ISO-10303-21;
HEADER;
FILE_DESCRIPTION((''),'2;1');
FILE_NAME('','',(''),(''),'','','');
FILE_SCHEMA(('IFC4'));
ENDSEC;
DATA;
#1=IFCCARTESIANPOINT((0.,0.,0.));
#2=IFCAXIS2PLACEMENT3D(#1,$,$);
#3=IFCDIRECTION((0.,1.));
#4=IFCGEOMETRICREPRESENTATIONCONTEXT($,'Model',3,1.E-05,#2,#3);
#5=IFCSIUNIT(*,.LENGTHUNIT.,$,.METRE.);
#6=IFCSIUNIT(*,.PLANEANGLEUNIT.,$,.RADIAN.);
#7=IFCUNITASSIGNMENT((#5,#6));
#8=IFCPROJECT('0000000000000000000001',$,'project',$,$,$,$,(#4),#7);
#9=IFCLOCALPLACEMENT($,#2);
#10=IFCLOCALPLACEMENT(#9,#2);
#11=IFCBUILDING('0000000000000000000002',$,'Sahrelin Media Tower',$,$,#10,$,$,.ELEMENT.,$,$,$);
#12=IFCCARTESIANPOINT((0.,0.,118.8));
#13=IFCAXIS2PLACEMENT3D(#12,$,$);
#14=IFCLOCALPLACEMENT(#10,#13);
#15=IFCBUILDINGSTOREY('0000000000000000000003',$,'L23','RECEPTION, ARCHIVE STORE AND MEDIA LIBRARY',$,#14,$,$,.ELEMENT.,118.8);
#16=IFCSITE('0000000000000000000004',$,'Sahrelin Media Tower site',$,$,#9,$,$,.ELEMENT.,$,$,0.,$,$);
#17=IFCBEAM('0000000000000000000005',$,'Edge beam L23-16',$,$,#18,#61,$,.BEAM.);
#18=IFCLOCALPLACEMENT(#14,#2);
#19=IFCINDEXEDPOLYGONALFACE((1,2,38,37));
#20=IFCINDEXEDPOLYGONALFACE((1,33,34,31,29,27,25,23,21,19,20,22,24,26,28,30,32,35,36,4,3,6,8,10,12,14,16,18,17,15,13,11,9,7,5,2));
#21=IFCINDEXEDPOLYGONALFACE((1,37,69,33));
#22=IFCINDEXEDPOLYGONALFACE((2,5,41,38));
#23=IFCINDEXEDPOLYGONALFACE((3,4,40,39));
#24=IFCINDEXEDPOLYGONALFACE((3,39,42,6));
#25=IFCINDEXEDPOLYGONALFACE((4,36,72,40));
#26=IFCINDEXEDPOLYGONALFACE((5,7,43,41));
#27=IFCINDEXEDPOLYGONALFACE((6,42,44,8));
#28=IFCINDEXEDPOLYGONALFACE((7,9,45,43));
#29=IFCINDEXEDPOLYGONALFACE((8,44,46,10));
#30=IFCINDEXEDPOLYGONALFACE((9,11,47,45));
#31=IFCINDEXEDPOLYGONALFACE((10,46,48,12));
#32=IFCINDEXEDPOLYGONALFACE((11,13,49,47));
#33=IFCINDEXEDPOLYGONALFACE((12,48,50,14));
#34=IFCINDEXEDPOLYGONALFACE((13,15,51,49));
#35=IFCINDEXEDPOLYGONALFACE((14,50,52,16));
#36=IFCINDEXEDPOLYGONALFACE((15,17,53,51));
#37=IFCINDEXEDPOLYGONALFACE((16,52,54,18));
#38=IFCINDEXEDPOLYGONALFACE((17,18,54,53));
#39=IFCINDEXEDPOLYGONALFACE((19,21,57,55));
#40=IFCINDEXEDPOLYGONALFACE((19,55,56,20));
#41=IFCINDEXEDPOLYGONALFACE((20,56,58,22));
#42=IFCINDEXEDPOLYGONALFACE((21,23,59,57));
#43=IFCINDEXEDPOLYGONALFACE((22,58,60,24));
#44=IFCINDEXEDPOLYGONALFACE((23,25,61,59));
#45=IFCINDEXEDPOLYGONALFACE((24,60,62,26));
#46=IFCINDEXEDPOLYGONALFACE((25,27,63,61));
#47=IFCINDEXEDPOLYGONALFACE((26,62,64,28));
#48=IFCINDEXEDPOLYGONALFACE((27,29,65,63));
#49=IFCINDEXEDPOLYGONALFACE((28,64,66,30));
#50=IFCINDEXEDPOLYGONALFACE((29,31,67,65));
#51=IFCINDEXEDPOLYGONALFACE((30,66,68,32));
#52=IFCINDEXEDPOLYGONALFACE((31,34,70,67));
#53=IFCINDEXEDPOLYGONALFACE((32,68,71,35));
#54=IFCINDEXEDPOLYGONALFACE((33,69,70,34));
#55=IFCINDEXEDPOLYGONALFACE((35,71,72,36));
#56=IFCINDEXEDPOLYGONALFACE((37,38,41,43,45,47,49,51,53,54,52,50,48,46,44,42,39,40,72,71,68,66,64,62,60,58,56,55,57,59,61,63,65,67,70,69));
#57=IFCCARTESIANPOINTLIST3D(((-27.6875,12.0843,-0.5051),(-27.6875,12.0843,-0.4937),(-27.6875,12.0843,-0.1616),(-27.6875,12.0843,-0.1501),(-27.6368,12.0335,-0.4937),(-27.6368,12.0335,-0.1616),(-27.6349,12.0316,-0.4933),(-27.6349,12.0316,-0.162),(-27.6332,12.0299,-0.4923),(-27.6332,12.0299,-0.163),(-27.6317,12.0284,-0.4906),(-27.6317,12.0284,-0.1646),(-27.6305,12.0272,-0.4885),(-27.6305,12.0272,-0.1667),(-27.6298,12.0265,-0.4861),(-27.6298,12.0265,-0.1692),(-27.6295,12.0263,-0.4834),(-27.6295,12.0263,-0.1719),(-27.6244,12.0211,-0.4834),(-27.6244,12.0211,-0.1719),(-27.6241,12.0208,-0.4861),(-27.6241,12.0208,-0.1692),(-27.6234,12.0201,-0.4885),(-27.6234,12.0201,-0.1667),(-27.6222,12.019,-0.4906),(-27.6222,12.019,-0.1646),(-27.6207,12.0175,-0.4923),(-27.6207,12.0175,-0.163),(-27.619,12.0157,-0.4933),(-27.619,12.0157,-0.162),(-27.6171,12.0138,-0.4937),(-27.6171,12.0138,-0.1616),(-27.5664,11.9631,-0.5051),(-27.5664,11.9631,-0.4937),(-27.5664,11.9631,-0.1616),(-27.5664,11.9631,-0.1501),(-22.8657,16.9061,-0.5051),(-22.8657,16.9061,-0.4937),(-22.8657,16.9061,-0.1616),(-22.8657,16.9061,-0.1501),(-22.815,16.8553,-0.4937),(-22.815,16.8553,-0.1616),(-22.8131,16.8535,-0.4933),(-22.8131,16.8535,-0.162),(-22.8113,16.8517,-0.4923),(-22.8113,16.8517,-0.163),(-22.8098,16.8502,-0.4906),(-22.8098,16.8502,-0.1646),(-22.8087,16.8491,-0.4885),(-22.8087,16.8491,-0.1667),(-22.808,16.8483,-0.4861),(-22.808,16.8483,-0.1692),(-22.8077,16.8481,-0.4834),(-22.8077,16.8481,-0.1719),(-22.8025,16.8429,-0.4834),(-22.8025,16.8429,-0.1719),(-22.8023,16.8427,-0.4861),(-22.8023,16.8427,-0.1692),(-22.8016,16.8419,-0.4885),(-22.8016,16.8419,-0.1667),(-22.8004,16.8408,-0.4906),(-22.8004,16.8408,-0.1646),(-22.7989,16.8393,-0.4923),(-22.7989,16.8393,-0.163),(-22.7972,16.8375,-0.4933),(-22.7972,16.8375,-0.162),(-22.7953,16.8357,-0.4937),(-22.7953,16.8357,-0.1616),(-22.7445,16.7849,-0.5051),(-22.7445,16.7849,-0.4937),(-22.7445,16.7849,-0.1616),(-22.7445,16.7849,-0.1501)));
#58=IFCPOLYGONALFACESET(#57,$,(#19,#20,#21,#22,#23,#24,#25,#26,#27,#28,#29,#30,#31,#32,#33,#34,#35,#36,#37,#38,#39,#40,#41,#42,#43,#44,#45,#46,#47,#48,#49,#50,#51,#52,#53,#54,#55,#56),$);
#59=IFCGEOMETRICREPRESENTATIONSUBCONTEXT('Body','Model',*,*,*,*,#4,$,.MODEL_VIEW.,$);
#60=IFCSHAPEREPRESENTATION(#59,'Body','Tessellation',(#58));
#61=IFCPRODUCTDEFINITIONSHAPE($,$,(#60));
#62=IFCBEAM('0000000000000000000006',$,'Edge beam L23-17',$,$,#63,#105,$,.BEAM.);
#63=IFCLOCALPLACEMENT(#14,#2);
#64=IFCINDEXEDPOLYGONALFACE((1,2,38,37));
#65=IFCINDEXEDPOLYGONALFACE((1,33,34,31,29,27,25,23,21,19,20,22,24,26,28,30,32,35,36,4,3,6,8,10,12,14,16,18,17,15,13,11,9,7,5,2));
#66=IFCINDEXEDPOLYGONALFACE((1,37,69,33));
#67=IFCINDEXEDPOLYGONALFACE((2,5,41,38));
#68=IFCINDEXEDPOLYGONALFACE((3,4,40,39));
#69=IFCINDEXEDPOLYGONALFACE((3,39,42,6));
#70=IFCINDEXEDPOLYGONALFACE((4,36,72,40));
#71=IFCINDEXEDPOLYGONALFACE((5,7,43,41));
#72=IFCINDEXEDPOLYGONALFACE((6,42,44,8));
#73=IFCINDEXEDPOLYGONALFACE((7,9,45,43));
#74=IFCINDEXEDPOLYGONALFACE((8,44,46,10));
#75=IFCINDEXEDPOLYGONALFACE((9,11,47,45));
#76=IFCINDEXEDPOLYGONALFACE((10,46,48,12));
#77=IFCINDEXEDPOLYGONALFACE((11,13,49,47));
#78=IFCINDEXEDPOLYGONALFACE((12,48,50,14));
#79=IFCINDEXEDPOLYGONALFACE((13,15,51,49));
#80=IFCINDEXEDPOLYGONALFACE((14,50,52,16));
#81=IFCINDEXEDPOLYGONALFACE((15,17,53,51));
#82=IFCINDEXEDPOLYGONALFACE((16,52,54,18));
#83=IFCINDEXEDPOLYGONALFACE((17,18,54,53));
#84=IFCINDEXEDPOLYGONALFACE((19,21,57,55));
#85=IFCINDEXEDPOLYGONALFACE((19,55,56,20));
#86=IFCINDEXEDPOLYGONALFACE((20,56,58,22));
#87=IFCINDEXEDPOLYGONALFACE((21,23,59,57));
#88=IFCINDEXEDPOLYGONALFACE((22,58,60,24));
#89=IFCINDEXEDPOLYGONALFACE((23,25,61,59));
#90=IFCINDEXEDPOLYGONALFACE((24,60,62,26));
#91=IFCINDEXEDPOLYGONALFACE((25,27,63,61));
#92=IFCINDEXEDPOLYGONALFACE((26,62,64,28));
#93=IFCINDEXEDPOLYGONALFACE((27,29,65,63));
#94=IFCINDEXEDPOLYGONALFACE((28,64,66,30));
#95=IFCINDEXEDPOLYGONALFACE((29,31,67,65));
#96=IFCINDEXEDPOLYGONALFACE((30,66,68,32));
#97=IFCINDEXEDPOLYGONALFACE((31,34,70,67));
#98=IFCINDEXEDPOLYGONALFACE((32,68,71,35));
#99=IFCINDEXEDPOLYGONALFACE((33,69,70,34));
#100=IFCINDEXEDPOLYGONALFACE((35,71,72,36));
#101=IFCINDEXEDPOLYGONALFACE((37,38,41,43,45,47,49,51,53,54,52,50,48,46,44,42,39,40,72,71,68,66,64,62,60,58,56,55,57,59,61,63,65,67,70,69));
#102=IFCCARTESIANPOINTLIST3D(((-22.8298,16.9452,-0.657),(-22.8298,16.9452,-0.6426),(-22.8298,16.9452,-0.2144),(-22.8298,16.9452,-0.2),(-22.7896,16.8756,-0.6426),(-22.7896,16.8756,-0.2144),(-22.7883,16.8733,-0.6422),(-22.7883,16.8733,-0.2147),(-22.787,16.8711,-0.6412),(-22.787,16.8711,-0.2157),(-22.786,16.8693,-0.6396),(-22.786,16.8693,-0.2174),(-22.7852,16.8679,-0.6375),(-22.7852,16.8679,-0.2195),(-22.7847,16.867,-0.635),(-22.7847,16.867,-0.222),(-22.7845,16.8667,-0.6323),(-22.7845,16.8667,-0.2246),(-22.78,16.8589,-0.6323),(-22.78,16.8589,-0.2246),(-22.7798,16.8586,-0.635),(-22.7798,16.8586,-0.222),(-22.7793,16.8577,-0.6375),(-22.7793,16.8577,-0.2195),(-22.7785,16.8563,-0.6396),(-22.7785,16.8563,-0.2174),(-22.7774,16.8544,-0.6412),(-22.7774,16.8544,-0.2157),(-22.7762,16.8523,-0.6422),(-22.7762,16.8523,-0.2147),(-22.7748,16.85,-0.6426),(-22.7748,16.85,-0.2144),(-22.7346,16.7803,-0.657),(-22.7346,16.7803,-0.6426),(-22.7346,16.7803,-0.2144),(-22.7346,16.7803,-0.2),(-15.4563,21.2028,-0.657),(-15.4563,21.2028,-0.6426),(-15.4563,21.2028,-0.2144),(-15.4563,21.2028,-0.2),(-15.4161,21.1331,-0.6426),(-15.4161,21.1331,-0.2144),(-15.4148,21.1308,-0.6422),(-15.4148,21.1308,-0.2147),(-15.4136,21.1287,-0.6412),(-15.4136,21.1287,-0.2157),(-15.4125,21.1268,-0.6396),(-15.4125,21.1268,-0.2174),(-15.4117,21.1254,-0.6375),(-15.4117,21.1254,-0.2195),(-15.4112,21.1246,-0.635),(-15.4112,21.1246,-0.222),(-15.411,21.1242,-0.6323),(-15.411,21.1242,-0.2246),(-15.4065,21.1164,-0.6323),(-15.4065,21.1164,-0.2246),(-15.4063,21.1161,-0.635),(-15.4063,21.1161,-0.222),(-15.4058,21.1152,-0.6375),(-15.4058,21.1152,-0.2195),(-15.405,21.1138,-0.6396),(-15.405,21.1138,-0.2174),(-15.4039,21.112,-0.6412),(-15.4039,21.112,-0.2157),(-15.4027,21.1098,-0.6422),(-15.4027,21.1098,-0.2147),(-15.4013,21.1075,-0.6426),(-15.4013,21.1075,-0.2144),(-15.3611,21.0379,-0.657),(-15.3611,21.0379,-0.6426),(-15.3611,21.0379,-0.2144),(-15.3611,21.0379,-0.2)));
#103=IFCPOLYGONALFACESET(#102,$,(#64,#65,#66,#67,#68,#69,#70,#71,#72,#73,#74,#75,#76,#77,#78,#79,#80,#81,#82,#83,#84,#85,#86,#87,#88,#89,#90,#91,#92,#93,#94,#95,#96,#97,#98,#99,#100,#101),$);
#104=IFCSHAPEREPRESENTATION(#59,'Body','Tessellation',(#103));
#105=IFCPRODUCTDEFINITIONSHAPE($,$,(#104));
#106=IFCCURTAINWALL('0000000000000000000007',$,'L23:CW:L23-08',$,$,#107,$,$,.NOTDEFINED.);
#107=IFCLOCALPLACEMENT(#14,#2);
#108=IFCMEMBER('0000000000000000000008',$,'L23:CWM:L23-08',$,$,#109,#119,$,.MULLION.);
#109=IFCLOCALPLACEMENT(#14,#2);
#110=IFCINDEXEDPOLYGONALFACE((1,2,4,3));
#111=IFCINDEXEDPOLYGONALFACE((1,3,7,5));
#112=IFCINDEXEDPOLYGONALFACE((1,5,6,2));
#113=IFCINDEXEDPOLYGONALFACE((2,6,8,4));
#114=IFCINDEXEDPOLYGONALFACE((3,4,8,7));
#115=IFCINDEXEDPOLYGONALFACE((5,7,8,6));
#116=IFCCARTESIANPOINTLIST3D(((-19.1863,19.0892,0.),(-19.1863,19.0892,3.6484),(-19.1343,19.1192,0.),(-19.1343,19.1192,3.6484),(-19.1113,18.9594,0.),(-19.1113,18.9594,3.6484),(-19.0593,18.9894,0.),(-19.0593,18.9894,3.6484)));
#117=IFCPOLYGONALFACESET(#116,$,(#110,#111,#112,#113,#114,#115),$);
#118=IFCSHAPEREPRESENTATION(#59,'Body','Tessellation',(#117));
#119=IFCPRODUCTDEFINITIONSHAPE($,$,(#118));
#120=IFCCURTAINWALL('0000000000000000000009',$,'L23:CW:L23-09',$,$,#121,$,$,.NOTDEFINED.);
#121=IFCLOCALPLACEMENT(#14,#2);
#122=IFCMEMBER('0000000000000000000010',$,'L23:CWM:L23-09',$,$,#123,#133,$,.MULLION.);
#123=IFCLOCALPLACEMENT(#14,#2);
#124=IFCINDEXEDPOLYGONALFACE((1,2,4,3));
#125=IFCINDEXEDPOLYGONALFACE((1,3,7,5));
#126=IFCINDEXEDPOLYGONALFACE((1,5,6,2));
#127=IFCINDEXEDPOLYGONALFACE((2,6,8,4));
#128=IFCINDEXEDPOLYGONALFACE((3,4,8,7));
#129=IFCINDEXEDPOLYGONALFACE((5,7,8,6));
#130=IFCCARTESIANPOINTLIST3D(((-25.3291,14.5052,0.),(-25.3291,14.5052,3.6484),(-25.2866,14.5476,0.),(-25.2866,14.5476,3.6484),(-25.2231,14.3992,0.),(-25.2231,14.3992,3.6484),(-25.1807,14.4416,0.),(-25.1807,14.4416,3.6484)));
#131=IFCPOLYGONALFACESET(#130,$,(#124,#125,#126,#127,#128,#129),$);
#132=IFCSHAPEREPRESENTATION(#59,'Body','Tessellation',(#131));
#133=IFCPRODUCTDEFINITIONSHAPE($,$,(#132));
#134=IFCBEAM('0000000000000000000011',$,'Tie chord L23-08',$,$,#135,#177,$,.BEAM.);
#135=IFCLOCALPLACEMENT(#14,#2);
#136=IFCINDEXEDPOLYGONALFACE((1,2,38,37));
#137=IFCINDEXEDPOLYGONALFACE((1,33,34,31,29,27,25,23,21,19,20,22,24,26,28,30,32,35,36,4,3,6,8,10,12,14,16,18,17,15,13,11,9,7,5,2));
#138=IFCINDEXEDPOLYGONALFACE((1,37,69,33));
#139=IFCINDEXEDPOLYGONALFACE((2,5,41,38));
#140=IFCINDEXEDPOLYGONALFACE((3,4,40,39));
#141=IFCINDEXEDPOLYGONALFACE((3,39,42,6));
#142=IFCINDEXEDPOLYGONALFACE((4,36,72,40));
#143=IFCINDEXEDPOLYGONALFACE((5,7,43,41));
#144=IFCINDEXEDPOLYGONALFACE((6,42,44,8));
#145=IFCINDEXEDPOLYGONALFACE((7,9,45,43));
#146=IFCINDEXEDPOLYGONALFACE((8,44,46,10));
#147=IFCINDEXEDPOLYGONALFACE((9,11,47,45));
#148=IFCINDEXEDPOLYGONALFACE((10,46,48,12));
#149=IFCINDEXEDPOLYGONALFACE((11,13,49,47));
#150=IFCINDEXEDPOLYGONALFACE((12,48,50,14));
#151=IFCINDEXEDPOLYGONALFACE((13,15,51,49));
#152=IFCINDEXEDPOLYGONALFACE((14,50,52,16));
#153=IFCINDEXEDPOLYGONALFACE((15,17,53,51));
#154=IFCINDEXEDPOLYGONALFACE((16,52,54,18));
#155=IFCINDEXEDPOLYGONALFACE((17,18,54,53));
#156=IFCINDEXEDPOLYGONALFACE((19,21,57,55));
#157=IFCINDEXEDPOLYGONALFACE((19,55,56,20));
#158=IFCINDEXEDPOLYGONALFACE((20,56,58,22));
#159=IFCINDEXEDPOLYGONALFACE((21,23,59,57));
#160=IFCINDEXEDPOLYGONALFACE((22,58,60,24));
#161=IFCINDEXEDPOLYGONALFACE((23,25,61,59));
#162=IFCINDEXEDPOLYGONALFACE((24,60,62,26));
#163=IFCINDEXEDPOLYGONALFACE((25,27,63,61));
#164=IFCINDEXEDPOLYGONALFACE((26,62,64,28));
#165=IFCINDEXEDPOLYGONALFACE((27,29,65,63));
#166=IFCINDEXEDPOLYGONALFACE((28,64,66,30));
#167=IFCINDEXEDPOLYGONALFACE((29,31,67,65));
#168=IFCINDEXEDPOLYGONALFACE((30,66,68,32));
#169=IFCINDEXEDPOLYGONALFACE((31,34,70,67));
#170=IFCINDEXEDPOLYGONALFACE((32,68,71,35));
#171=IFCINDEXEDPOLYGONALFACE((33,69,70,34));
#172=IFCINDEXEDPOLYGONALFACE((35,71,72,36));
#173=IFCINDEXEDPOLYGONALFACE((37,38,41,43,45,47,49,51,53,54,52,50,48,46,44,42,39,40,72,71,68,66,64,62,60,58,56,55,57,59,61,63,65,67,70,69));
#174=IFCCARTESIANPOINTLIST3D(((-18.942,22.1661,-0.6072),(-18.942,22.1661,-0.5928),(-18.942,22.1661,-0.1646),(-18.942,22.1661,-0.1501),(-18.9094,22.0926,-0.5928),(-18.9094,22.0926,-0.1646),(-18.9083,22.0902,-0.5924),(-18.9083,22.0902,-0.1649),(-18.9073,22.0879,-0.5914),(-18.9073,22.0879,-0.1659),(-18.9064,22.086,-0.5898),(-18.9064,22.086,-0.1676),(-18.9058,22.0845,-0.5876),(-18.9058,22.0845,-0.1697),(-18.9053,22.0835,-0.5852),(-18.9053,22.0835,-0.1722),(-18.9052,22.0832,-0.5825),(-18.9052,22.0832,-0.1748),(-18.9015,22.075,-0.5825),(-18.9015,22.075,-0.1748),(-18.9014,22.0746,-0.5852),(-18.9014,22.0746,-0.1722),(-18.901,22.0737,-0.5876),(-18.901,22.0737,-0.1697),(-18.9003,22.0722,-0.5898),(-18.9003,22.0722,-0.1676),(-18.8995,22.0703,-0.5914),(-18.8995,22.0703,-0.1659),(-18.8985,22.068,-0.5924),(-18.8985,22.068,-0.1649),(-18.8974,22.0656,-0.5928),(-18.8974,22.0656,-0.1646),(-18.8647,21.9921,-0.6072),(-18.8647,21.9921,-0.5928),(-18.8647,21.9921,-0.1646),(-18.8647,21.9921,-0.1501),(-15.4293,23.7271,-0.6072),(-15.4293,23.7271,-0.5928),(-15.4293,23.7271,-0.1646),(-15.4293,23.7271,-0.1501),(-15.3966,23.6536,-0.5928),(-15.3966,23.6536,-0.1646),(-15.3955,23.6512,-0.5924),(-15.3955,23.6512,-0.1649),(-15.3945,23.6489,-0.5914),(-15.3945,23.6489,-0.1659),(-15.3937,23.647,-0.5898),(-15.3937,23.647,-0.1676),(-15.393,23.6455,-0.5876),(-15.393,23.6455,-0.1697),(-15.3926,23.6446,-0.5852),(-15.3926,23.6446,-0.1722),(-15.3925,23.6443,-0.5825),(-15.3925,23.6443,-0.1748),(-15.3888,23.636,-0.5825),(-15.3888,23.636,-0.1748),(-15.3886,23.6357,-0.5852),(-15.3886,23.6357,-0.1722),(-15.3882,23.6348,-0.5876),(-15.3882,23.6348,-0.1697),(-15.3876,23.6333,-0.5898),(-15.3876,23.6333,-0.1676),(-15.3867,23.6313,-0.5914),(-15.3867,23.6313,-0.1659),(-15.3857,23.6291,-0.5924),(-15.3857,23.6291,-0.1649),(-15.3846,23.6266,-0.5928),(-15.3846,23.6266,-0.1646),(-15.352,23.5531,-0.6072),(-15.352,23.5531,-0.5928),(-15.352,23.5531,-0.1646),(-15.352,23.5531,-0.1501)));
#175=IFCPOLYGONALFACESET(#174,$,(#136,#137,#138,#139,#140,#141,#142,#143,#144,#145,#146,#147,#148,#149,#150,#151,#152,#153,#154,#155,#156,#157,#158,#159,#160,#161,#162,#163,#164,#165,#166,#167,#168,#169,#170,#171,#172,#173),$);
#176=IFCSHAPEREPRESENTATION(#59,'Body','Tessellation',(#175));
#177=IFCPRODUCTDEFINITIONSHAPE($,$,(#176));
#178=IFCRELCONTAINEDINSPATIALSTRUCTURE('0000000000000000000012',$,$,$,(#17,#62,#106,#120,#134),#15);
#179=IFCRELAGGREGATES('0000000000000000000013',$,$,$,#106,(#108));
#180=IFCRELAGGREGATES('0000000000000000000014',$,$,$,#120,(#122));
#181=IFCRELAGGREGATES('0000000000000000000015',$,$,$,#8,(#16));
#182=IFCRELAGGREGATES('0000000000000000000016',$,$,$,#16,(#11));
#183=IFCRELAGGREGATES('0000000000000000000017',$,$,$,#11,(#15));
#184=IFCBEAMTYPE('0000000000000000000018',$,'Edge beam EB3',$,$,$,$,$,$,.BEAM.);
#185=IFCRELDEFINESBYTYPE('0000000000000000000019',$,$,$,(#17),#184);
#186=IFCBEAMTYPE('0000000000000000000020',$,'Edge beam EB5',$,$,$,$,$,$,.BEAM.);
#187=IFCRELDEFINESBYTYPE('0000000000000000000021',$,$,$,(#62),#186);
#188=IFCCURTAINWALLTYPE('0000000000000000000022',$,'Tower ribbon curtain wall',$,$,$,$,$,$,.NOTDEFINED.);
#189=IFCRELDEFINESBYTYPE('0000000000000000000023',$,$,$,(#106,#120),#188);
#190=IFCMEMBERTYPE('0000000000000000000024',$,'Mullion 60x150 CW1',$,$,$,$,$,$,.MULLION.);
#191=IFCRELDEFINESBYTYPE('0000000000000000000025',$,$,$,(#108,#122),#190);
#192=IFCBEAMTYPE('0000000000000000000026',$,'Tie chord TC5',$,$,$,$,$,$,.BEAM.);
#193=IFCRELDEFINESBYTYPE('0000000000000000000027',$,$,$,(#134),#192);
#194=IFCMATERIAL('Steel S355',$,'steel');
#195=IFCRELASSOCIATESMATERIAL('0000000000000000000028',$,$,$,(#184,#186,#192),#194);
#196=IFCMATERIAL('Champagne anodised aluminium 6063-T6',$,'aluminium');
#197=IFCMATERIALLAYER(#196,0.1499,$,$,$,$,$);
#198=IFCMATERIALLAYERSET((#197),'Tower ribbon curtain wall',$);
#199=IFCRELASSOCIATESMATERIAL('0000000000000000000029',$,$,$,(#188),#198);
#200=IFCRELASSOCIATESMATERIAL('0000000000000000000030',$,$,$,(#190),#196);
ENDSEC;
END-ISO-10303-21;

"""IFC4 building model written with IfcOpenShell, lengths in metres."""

from ifc_helpers import new_model, si_unit, direction, frame, origin, origin_2d, place, context, subcontext, project, spatial, rectangle, i_section, extrude, material, layer, layer_set, material_profile, profile_set, type_object, element, aggregate, save


model = new_model("IFC4")

# Units and contexts
model_context = context("Model", 3, precision=1e-05, world=origin(), true_north=direction((0.0, 1.0)))
body_context = subcontext(model_context, "Body", "Model", "MODEL_VIEW")
ifc_project = project(units=[si_unit("LENGTHUNIT", "METRE"), si_unit("PLANEANGLEUNIT", "RADIAN")], contexts=[model_context])

# Site, building, storey
site_placement = place(None, origin())
site = spatial("IfcSite", under=ifc_project, at=site_placement, Name="Sahrelin Media Tower site", CompositionType="ELEMENT", RefElevation=0.0)
building_placement = place(site_placement, origin())
building = spatial("IfcBuilding", under=site, at=building_placement, Name="Sahrelin Media Tower", CompositionType="ELEMENT")
storey_placement = place(building_placement, frame((0.0, 0.0, 118.8)))
storey = spatial("IfcBuildingStorey", under=building, at=storey_placement, Name="L23", Description="RECEPTION, ARCHIVE STORE AND MEDIA LIBRARY", CompositionType="ELEMENT", Elevation=118.8)

# Beams
ifc_material_1 = material(Name="Steel S355", Category="steel")
ifc_material_profile_1 = material_profile(ifc_material_1, i_section(OverallWidth=0.1714, OverallDepth=0.355, WebThickness=0.0073, FlangeThickness=0.0115, FilletRadius=0.0103, at=origin_2d()), Name="UB 356x171x51")
ifc_profile_set_1 = profile_set([ifc_material_profile_1], Name="Steel S355")
beam_type_1 = type_object("IfcBeamType", Name="Edge beam EB3", PredefinedType="BEAM", material=ifc_profile_set_1)
beam_1_placement = place(storey_placement, frame((-27.627, 12.0237, -0.3276), z_axis=(0.707107, 0.707107, 0.0), x_axis=(-0.707107, 0.707107, 0.0)))
element("IfcBeam", 1, at=beam_1_placement, inside=storey, type_object=beam_type_1, Name="Edge beam L23-16", PredefinedType="BEAM", context=body_context, shape_type="SweptSolid", body=[
    extrude(i_section(OverallWidth=0.1714, OverallDepth=0.355, WebThickness=0.0073, FlangeThickness=0.0115, FilletRadius=0.0103, at=origin_2d()), origin(), (0.0, 0.0, 1.0), 6.8191),
])
ifc_material_profile_2 = material_profile(ifc_material_1, i_section(OverallWidth=0.1904, OverallDepth=0.457, WebThickness=0.009, FlangeThickness=0.0144, FilletRadius=0.0103, at=origin_2d()), Name="UB 457x191x74")
ifc_profile_set_2 = profile_set([ifc_material_profile_2], Name="Steel S355")
beam_type_2 = type_object("IfcBeamType", Name="Edge beam EB5", PredefinedType="BEAM", material=ifc_profile_set_2)
beam_2_placement = place(storey_placement, frame((-22.7822, 16.8628, -0.4285), z_axis=(0.866002, 0.50004, 0.0), x_axis=(-0.50004, 0.866002, 0.0)))
element("IfcBeam", 2, at=beam_2_placement, inside=storey, type_object=beam_type_2, Name="Edge beam L23-17", PredefinedType="BEAM", context=body_context, shape_type="SweptSolid", body=[
    extrude(i_section(OverallWidth=0.1904, OverallDepth=0.457, WebThickness=0.009, FlangeThickness=0.0144, FilletRadius=0.0103, at=origin_2d()), origin(), (0.0, 0.0, 1.0), 8.5144),
])

# Curtain walls, members
ifc_material_2 = material(Name="Champagne anodised aluminium 6063-T6", Category="aluminium")
ifc_layer_1 = layer(ifc_material_2, 0.1499)
ifc_layer_set_1 = layer_set([ifc_layer_1], Name="Tower ribbon curtain wall")
curtain_wall_type = type_object("IfcCurtainWallType", Name="Tower ribbon curtain wall", PredefinedType="NOTDEFINED", material=ifc_layer_set_1)
curtain_wall_1_placement = place(storey_placement, frame((-19.1704, 19.1216, 0.0), z_axis=(0.0, 0.0, 1.0), x_axis=(1.0, 0.0, 0.0)))
curtain_wall_1 = element("IfcCurtainWall", 3, at=curtain_wall_1_placement, inside=storey, type_object=curtain_wall_type, Name="L23:CW:L23-08", PredefinedType="NOTDEFINED")
ifc_material_profile_3 = material_profile(ifc_material_2, rectangle(XDim=0.0601, YDim=0.1499, at=origin_2d()), Name="Mullion 60x150")
ifc_profile_set_3 = profile_set([ifc_material_profile_3], Name="Champagne anodised aluminium 6063-T6")
member_type_1 = type_object("IfcMemberType", Name="Mullion 60x150 CW1", PredefinedType="MULLION", material=ifc_profile_set_3)
member_1_placement = place(storey_placement, frame((-19.1228, 19.0393, 0.0), z_axis=(0.0, 0.0, 1.0), x_axis=(-0.86602, -0.500009, 0.0)))
member_1 = element("IfcMember", 4, at=member_1_placement, type_object=member_type_1, Name="L23:CWM:L23-08", PredefinedType="MULLION", context=body_context, shape_type="SweptSolid", body=[
    extrude(rectangle(XDim=0.0601, YDim=0.1499, at=origin_2d()), origin(), (0.0, 0.0, 1.0), 3.6484),
])
curtain_wall_2_placement = place(storey_placement, frame((-25.322, 14.5405, 0.0), z_axis=(0.0, 0.0, 1.0), x_axis=(1.0, 0.0, 0.0)))
curtain_wall_2 = element("IfcCurtainWall", 5, at=curtain_wall_2_placement, inside=storey, type_object=curtain_wall_type, Name="L23:CW:L23-09", PredefinedType="NOTDEFINED")
member_2_placement = place(storey_placement, frame((-25.2549, 14.4734, 0.0), z_axis=(0.0, 0.0, 1.0), x_axis=(-0.707107, -0.707107, 0.0)))
member_2 = element("IfcMember", 6, at=member_2_placement, type_object=member_type_1, Name="L23:CWM:L23-09", PredefinedType="MULLION", context=body_context, shape_type="SweptSolid", body=[
    extrude(rectangle(XDim=0.0601, YDim=0.1499, at=origin_2d()), origin(), (0.0, 0.0, 1.0), 3.6484),
])

# Beam
ifc_material_profile_4 = material_profile(ifc_material_1, i_section(OverallWidth=0.1904, OverallDepth=0.457, WebThickness=0.009, FlangeThickness=0.0144, FilletRadius=0.0103, at=origin_2d()), Name="UB 457x191x74")
ifc_profile_set_4 = profile_set([ifc_material_profile_4], Name="Steel S355")
beam_type_3 = type_object("IfcBeamType", Name="Tie chord TC5", PredefinedType="BEAM", material=ifc_profile_set_4)
beam_3_placement = place(storey_placement, frame((-15.3906, 23.6401, -0.3787), z_axis=(-0.913827, -0.406103, 0.0), x_axis=(0.406103, -0.913827, 0.0)))
element("IfcBeam", 7, at=beam_3_placement, inside=storey, type_object=beam_type_3, Name="Tie chord L23-08", PredefinedType="BEAM", context=body_context, shape_type="SweptSolid", body=[
    extrude(i_section(OverallWidth=0.1904, OverallDepth=0.457, WebThickness=0.009, FlangeThickness=0.0144, FilletRadius=0.0103, at=origin_2d()), origin(), (0.0, 0.0, 1.0), 3.844),
])

aggregate(curtain_wall_1, [member_1])
aggregate(curtain_wall_2, [member_2])

save(model, "model.ifc")
